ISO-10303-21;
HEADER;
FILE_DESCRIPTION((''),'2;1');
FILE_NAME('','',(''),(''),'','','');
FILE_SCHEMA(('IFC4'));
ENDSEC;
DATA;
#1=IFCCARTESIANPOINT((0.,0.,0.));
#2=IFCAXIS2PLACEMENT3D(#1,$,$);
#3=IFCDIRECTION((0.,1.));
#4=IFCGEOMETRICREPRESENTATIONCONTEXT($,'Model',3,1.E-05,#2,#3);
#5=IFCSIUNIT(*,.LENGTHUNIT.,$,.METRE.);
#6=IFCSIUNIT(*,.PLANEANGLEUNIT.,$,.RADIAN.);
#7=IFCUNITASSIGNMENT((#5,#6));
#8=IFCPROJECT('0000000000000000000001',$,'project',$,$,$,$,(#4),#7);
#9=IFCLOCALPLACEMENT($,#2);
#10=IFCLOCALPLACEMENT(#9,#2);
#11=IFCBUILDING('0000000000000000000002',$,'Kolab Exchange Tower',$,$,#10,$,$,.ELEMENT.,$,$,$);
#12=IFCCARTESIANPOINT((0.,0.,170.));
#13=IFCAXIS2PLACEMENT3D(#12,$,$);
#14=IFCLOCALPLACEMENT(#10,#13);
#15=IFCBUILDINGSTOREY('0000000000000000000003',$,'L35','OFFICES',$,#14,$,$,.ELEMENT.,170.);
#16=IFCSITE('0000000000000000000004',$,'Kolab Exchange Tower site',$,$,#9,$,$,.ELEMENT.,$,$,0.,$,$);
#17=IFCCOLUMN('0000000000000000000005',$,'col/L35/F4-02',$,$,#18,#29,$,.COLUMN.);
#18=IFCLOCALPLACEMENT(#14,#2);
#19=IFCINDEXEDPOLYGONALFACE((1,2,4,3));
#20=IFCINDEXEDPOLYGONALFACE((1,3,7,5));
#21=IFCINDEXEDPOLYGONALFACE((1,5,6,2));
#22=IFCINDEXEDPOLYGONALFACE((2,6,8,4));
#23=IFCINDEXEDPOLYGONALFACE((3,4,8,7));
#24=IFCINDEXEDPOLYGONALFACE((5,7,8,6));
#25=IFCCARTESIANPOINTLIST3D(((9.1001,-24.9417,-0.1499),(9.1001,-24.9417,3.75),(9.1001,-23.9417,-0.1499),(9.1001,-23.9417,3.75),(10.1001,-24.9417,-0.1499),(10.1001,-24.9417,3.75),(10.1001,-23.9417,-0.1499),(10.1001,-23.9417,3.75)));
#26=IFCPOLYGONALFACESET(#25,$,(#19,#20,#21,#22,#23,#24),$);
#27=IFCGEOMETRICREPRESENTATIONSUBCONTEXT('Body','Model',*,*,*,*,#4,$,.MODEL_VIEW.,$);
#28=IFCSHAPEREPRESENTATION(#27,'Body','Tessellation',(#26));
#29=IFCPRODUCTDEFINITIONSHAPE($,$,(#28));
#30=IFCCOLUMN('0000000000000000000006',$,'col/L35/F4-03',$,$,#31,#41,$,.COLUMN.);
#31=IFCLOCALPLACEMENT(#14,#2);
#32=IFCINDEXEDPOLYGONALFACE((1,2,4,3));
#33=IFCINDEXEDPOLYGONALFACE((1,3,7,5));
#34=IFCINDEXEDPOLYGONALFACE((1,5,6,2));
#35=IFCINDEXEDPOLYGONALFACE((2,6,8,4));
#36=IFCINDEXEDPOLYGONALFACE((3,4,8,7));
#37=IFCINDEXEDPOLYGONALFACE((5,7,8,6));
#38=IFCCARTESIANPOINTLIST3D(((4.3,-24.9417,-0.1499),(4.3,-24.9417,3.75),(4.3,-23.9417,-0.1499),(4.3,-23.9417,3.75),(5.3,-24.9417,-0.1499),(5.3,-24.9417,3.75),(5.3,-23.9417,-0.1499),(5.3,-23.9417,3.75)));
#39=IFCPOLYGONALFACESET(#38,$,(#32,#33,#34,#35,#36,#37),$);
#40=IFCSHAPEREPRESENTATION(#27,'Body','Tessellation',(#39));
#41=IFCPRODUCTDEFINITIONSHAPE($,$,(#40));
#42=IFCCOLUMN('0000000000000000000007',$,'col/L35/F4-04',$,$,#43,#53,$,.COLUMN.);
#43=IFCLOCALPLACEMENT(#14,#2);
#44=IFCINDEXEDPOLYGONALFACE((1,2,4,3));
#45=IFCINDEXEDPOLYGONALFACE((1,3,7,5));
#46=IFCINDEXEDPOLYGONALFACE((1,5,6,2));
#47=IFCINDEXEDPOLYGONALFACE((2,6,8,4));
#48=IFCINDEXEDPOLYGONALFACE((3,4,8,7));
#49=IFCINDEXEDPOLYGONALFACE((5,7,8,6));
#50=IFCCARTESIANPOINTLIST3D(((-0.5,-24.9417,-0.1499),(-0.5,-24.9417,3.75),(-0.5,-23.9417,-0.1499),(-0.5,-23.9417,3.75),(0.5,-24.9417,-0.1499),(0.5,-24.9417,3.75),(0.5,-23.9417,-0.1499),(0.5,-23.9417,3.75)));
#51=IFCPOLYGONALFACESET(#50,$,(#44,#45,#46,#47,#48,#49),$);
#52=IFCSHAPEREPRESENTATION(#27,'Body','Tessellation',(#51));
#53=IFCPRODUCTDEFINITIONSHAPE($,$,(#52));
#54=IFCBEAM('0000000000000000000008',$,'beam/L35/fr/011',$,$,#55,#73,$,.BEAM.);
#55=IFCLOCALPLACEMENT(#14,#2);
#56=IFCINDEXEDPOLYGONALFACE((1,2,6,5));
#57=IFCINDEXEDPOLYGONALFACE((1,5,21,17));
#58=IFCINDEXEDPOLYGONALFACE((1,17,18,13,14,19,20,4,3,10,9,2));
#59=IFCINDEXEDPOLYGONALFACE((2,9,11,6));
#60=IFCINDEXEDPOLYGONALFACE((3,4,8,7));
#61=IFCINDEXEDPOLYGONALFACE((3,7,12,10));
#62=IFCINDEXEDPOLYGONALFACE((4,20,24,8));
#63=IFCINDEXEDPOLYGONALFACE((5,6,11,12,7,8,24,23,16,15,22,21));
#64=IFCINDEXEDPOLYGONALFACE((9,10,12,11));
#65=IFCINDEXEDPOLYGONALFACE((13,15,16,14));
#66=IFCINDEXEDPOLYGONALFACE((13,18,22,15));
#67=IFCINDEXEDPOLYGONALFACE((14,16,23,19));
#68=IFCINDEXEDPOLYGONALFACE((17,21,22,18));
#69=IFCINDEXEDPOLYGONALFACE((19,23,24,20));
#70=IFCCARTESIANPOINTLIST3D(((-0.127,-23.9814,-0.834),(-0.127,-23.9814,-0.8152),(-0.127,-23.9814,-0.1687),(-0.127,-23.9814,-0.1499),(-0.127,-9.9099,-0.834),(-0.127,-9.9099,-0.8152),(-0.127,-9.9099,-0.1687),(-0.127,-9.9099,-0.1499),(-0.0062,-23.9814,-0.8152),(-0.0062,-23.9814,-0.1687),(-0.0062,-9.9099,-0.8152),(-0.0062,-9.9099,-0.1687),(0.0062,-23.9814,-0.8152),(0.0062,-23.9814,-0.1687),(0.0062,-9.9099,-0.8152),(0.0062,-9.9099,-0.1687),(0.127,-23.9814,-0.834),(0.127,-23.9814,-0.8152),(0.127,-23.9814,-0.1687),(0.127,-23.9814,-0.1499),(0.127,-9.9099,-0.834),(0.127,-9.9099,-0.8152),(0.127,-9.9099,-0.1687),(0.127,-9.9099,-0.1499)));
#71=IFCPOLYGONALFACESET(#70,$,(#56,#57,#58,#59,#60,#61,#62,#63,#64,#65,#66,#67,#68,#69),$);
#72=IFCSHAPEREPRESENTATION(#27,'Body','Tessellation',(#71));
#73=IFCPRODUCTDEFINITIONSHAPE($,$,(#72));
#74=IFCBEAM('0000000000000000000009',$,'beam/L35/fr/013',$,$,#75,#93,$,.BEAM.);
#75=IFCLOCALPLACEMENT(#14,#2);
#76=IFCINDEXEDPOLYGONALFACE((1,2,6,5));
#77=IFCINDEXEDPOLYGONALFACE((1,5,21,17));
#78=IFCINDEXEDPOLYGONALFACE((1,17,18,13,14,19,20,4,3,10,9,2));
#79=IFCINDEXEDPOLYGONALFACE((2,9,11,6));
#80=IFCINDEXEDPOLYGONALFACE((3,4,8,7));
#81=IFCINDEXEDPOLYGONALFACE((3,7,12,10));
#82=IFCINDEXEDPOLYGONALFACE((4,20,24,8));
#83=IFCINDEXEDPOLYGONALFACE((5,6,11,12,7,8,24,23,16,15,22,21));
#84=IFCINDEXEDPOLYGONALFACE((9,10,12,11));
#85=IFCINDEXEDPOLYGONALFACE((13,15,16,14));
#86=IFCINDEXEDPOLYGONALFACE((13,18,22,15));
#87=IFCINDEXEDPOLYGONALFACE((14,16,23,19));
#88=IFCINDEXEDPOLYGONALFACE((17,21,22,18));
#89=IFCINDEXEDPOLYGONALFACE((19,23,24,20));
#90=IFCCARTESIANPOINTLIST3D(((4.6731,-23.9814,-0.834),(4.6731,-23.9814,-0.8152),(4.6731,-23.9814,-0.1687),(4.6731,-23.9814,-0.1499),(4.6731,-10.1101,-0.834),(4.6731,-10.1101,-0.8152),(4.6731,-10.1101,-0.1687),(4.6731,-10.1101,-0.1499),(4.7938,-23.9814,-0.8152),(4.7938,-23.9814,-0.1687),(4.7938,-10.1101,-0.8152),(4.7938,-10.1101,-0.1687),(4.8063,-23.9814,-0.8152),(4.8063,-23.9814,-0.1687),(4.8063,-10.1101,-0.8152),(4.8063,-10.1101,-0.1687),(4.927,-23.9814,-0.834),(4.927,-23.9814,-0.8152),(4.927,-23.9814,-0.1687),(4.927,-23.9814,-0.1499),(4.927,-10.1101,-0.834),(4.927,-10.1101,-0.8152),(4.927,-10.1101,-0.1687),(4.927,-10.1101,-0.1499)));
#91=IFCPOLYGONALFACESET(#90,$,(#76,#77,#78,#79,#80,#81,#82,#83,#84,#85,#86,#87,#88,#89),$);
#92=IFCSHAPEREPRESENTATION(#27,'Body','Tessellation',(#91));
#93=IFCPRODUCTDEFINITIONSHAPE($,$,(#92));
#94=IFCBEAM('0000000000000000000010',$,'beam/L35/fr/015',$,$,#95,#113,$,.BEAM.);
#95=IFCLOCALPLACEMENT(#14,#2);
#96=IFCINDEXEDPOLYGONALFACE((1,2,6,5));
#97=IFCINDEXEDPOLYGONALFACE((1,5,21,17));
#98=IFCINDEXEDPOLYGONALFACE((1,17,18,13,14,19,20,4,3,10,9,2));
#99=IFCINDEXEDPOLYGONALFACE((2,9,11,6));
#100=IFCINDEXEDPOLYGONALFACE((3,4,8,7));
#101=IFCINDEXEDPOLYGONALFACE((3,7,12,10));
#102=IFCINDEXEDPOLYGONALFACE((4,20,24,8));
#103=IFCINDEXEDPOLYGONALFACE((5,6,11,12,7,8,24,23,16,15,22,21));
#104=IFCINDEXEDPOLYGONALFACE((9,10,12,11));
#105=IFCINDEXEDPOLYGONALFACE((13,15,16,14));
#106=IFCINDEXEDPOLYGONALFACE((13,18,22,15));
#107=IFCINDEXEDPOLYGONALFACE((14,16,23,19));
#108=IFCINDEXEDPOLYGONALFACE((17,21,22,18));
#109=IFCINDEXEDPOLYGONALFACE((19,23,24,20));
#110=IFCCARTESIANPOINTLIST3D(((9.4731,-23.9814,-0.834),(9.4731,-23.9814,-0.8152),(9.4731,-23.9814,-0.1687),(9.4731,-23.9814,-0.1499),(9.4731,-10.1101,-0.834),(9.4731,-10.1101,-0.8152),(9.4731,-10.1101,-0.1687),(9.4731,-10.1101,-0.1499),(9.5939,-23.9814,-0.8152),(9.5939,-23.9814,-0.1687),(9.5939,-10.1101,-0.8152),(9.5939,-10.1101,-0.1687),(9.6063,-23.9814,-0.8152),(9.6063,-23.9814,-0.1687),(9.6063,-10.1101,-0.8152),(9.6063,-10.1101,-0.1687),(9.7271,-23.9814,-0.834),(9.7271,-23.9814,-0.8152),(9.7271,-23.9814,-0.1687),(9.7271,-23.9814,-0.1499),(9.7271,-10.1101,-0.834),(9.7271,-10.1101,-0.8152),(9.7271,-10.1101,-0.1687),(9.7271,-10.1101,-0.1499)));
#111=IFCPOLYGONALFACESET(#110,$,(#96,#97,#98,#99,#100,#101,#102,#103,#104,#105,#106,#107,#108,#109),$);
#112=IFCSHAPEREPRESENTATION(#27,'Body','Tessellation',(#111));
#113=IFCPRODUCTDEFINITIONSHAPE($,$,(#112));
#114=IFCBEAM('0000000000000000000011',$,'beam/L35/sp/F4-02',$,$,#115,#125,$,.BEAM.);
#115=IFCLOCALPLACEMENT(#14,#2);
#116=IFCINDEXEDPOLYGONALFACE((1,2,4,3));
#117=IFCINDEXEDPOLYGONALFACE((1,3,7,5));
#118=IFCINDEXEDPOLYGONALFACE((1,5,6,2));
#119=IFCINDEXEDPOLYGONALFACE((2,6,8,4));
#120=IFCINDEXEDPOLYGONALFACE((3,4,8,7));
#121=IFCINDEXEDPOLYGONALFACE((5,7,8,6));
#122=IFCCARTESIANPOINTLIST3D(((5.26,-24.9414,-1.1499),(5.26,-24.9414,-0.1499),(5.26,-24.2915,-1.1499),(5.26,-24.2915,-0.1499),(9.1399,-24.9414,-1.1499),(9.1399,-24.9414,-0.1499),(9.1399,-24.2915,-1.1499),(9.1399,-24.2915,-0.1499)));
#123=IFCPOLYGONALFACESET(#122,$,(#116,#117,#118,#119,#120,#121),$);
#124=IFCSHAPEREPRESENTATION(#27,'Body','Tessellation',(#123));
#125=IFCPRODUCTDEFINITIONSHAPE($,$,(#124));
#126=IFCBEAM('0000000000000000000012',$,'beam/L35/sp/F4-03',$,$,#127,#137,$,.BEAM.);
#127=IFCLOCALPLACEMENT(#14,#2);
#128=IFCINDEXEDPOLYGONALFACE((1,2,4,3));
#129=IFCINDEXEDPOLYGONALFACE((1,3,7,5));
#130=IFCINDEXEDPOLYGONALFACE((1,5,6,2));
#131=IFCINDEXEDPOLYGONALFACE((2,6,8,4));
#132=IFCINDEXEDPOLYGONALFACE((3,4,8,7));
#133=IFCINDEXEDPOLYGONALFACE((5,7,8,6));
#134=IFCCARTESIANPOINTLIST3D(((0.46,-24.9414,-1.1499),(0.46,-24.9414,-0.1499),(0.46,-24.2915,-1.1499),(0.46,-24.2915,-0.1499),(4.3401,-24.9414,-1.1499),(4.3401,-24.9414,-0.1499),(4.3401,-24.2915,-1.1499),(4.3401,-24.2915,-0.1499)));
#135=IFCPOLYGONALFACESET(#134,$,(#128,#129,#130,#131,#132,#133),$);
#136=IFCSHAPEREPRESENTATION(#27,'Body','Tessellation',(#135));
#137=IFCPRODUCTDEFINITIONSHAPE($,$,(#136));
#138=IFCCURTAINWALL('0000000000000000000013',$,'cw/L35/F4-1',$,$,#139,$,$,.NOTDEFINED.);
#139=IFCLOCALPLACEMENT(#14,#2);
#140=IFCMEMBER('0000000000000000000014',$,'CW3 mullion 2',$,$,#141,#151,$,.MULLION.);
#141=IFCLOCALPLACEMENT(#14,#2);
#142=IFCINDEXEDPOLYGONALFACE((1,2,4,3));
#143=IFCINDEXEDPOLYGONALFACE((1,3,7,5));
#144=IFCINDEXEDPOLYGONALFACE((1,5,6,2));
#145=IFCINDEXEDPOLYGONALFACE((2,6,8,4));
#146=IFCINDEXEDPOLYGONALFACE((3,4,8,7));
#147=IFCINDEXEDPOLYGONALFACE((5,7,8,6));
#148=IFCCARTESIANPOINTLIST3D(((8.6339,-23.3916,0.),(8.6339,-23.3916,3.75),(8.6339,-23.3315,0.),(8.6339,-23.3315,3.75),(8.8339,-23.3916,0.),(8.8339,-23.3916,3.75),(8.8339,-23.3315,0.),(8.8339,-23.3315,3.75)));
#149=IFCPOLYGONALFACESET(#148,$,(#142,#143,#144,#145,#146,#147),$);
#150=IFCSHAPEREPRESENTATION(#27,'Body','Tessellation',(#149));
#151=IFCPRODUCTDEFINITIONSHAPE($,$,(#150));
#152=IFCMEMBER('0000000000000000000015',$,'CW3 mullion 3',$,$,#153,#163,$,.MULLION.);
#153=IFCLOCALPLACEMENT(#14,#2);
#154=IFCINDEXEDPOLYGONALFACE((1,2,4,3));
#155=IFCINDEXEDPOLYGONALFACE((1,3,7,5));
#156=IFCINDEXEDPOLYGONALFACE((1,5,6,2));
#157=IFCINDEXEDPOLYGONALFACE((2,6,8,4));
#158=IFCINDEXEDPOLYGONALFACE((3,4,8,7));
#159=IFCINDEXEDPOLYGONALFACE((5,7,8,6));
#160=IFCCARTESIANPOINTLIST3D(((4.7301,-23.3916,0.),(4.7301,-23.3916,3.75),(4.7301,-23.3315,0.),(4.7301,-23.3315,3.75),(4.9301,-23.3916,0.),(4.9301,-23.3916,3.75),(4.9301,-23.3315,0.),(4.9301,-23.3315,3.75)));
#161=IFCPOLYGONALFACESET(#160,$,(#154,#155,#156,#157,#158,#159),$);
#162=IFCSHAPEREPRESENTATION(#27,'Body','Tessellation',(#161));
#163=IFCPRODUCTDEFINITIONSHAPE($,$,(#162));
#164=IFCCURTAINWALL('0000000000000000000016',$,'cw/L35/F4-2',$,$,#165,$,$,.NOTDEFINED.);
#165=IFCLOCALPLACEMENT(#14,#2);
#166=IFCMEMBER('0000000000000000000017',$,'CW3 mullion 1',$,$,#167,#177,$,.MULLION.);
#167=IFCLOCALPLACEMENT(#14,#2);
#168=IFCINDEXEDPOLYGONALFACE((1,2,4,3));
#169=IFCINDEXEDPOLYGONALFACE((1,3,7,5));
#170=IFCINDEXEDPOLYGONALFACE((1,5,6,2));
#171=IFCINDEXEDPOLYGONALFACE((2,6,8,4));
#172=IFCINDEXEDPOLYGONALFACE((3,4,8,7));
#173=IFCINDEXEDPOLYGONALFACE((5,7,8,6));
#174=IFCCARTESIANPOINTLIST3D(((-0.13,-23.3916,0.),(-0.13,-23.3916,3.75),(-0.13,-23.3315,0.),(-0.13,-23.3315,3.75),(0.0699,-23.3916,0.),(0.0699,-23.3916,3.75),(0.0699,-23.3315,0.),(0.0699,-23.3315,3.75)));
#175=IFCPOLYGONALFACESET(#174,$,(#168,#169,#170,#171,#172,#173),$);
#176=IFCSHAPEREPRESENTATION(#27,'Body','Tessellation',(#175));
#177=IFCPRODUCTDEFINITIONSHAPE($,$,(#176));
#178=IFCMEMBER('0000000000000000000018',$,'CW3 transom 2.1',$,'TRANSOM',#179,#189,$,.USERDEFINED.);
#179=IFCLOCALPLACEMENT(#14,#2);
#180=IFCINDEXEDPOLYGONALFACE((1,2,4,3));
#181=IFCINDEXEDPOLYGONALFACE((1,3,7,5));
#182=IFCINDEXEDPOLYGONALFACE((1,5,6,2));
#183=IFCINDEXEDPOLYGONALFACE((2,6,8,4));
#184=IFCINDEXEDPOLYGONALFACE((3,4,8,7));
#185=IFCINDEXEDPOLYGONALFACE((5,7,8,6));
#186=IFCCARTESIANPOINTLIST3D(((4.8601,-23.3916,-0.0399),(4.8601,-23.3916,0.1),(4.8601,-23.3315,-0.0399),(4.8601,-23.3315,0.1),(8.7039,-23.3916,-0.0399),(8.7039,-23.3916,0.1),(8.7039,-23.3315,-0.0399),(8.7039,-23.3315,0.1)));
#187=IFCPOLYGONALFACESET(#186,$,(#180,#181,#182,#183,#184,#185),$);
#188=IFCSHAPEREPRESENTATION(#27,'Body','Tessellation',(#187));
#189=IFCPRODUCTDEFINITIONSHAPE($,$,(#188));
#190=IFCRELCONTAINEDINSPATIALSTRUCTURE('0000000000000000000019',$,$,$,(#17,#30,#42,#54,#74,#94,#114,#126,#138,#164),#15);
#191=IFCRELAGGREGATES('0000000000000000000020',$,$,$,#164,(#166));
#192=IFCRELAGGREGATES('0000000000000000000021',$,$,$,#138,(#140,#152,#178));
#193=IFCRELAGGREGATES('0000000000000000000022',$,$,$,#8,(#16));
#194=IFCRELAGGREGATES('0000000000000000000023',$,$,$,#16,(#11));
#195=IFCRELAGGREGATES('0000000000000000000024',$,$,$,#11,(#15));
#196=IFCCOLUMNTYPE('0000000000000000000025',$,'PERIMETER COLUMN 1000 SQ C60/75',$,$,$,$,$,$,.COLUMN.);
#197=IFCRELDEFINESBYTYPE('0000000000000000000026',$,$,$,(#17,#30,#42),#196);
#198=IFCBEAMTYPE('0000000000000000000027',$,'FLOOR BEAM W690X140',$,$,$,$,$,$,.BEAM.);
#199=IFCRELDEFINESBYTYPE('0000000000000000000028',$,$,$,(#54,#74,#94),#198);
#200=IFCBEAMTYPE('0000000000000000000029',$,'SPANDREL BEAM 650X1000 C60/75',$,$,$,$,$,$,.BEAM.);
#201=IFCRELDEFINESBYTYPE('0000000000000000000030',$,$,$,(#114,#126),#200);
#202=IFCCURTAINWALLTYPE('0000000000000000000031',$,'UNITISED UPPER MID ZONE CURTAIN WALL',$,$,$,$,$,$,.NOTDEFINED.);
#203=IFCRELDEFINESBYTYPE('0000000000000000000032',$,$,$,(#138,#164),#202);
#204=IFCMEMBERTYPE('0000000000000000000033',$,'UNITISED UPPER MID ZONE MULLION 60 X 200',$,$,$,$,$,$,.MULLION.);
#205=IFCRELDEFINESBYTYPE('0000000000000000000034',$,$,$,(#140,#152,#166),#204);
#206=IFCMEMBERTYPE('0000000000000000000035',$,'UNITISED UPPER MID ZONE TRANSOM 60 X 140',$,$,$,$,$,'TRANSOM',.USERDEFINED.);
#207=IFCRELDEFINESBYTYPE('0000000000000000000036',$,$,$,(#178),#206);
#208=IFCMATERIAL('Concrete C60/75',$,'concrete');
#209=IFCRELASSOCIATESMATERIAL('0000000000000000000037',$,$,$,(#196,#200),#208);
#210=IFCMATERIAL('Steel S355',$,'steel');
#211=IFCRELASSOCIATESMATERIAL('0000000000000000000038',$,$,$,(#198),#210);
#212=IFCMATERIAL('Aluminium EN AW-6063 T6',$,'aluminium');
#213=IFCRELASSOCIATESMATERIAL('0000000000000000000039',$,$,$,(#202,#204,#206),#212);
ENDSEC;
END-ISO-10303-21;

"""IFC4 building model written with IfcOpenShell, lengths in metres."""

from ifc_helpers import new_model, si_unit, direction, frame, origin, origin_2d, place, context, subcontext, project, spatial, rectangle, i_section, extrude, material, material_profile, profile_set, type_object, element, aggregate, save


model = new_model("IFC4")

# Units and contexts
model_context = context("Model", 3, precision=1e-05, world=origin(), true_north=direction((0.0, 1.0)))
body_context = subcontext(model_context, "Body", "Model", "MODEL_VIEW")
ifc_project = project(units=[si_unit("LENGTHUNIT", "METRE"), si_unit("PLANEANGLEUNIT", "RADIAN")], contexts=[model_context])

# Site, building, storey
site_placement = place(None, origin())
site = spatial("IfcSite", under=ifc_project, at=site_placement, Name="Kolab Exchange Tower site", CompositionType="ELEMENT", RefElevation=0.0)
building_placement = place(site_placement, origin())
building = spatial("IfcBuilding", under=site, at=building_placement, Name="Kolab Exchange Tower", CompositionType="ELEMENT")
storey_placement = place(building_placement, frame((0.0, 0.0, 170.0)))
storey = spatial("IfcBuildingStorey", under=building, at=storey_placement, Name="L35", Description="OFFICES", CompositionType="ELEMENT", Elevation=170.0)

# Columns
ifc_material_1 = material(Name="Concrete C60/75", Category="concrete")
ifc_material_profile_1 = material_profile(ifc_material_1, rectangle(XDim=1.0, YDim=1.0, at=origin_2d()), Name="RC1000")
ifc_profile_set_1 = profile_set([ifc_material_profile_1], Name="Concrete C60/75")
column_type = type_object("IfcColumnType", Name="PERIMETER COLUMN 1000 SQ C60/75", PredefinedType="COLUMN", material=ifc_profile_set_1)
for number, where, z_axis, x_axis, name in (
    (1, (9.6001, -24.4417, -0.1499), (0.0, 0.0, 1.0), (1.0, 0.0, 0.0), "col/L35/F4-02"),
    (2, (4.8, -24.4417, -0.1499), (0.0, 0.0, 1.0), (1.0, 0.0, 0.0), "col/L35/F4-03"),
    (3, (0.0, -24.4417, -0.1499), (0.0, 0.0, 1.0), (1.0, 0.0, 0.0), "col/L35/F4-04"),
):
    element("IfcColumn", number, at=place(storey_placement, frame(where, z_axis=z_axis, x_axis=x_axis)), inside=storey, type_object=column_type, Name=name, PredefinedType="COLUMN", context=body_context, shape_type="SweptSolid", body=[
        extrude(rectangle(XDim=1.0, YDim=1.0, at=origin_2d()), origin(), (0.0, 0.0, 1.0), 3.8999),
    ])

# Beams
ifc_material_2 = material(Name="Steel S355", Category="steel")
ifc_material_profile_2 = material_profile(ifc_material_2, i_section(OverallWidth=0.2539, OverallDepth=0.6841, WebThickness=0.0125, FlangeThickness=0.0188, at=origin_2d()), Name="W690X140")
ifc_profile_set_2 = profile_set([ifc_material_profile_2], Name="Steel S355")
beam_type_1 = type_object("IfcBeamType", Name="FLOOR BEAM W690X140", PredefinedType="BEAM", material=ifc_profile_set_2)
beam_1_placement = place(storey_placement, frame((0.0, -23.9814, -0.4919), z_axis=(0.0, 1.0, 0.0), x_axis=(-1.0, 0.0, 0.0)))
element("IfcBeam", 4, at=beam_1_placement, inside=storey, type_object=beam_type_1, Name="beam/L35/fr/011", PredefinedType="BEAM", context=body_context, shape_type="SweptSolid", body=[
    extrude(i_section(OverallWidth=0.2539, OverallDepth=0.6841, WebThickness=0.0125, FlangeThickness=0.0188, at=origin_2d()), origin(), (0.0, 0.0, 1.0), 14.0715),
])
for number, where, z_axis, x_axis, name in (
    (5, (4.8, -23.9814, -0.4919), (0.0, 1.0, 0.0), (-1.0, 0.0, 0.0), "beam/L35/fr/013"),
    (6, (9.6001, -23.9814, -0.4919), (0.0, 1.0, 0.0), (-1.0, 0.0, 0.0), "beam/L35/fr/015"),
):
    element("IfcBeam", number, at=place(storey_placement, frame(where, z_axis=z_axis, x_axis=x_axis)), inside=storey, type_object=beam_type_1, Name=name, PredefinedType="BEAM", context=body_context, shape_type="SweptSolid", body=[
        extrude(i_section(OverallWidth=0.2539, OverallDepth=0.6841, WebThickness=0.0125, FlangeThickness=0.0188, at=origin_2d()), origin(), (0.0, 0.0, 1.0), 13.8713),
    ])
ifc_material_profile_3 = material_profile(ifc_material_1, rectangle(XDim=0.6499, YDim=1.0, at=origin_2d()), Name="RC650X1000")
ifc_profile_set_3 = profile_set([ifc_material_profile_3], Name="Concrete C60/75")
beam_type_2 = type_object("IfcBeamType", Name="SPANDREL BEAM 650X1000 C60/75", PredefinedType="BEAM", material=ifc_profile_set_3)
beam_2_placement = place(storey_placement, frame((9.1399, -24.6165, -0.6499), z_axis=(-1.0, 0.0, 0.0), x_axis=(0.0, -1.0, 0.0)))
element("IfcBeam", 7, at=beam_2_placement, inside=storey, type_object=beam_type_2, Name="beam/L35/sp/F4-02", PredefinedType="BEAM", context=body_context, shape_type="SweptSolid", body=[
    extrude(rectangle(XDim=0.6499, YDim=1.0, at=origin_2d()), origin(), (0.0, 0.0, 1.0), 3.8799),
])
beam_3_placement = place(storey_placement, frame((4.3401, -24.6165, -0.6499), z_axis=(-1.0, 0.0, 0.0), x_axis=(0.0, -1.0, 0.0)))
element("IfcBeam", 8, at=beam_3_placement, inside=storey, type_object=beam_type_2, Name="beam/L35/sp/F4-03", PredefinedType="BEAM", context=body_context, shape_type="SweptSolid", body=[
    extrude(rectangle(XDim=0.6499, YDim=1.0, at=origin_2d()), origin(), (0.0, 0.0, 1.0), 3.8801),
])

# Curtain wall, members
ifc_material_3 = material(Name="Aluminium EN AW-6063 T6", Category="aluminium")
curtain_wall_type = type_object("IfcCurtainWallType", Name="UNITISED UPPER MID ZONE CURTAIN WALL", PredefinedType="NOTDEFINED", material=ifc_material_3)
curtain_wall_1_placement = place(storey_placement, origin())
curtain_wall_1 = element("IfcCurtainWall", 9, at=curtain_wall_1_placement, inside=storey, type_object=curtain_wall_type, Name="cw/L35/F4-1", PredefinedType="NOTDEFINED")
ifc_material_profile_4 = material_profile(ifc_material_3, rectangle(XDim=0.0601, YDim=0.2, at=origin_2d()), Name="RECT 60X200")
ifc_profile_set_4 = profile_set([ifc_material_profile_4], Name="Aluminium EN AW-6063 T6")
member_type_1 = type_object("IfcMemberType", Name="UNITISED UPPER MID ZONE MULLION 60 X 200", PredefinedType="MULLION", material=ifc_profile_set_4)
member_1_placement = place(storey_placement, frame((8.7339, -23.3616, 0.0), z_axis=(0.0, 0.0, 1.0), x_axis=(0.0, -1.0, 0.0)))
member_1 = element("IfcMember", 10, at=member_1_placement, type_object=member_type_1, Name="CW3 mullion 2", PredefinedType="MULLION", context=body_context, shape_type="SweptSolid", body=[
    extrude(rectangle(XDim=0.0601, YDim=0.2, at=origin_2d()), origin(), (0.0, 0.0, 1.0), 3.75),
])
member_2_placement = place(storey_placement, frame((4.8301, -23.3616, 0.0), z_axis=(0.0, 0.0, 1.0), x_axis=(0.0, -1.0, 0.0)))
member_2 = element("IfcMember", 11, at=member_2_placement, type_object=member_type_1, Name="CW3 mullion 3", PredefinedType="MULLION", context=body_context, shape_type="SweptSolid", body=[
    extrude(rectangle(XDim=0.0601, YDim=0.2, at=origin_2d()), origin(), (0.0, 0.0, 1.0), 3.75),
])

# Curtain wall, member
curtain_wall_2_placement = place(storey_placement, origin())
curtain_wall_2 = element("IfcCurtainWall", 12, at=curtain_wall_2_placement, inside=storey, type_object=curtain_wall_type, Name="cw/L35/F4-2", PredefinedType="NOTDEFINED")
member_3_placement = place(storey_placement, frame((-0.03, -23.3616, 0.0), z_axis=(0.0, 0.0, 1.0), x_axis=(0.0, -1.0, 0.0)))
member_3 = element("IfcMember", 13, at=member_3_placement, type_object=member_type_1, Name="CW3 mullion 1", PredefinedType="MULLION", context=body_context, shape_type="SweptSolid", body=[
    extrude(rectangle(XDim=0.0601, YDim=0.2, at=origin_2d()), origin(), (0.0, 0.0, 1.0), 3.75),
])

# Member
ifc_material_profile_5 = material_profile(ifc_material_3, rectangle(XDim=0.0601, YDim=0.1399, at=origin_2d()), Name="RECT 60X140")
ifc_profile_set_5 = profile_set([ifc_material_profile_5], Name="Aluminium EN AW-6063 T6")
member_type_2 = type_object("IfcMemberType", Name="UNITISED UPPER MID ZONE TRANSOM 60 X 140", ElementType="TRANSOM", PredefinedType="USERDEFINED", material=ifc_profile_set_5)
member_4_placement = place(storey_placement, frame((8.7039, -23.3616, 0.03), z_axis=(-1.0, 0.0, 0.0), x_axis=(0.0, -1.0, 0.0)))
member_4 = element("IfcMember", 14, at=member_4_placement, type_object=member_type_2, Name="CW3 transom 2.1", ObjectType="TRANSOM", PredefinedType="USERDEFINED", context=body_context, shape_type="SweptSolid", body=[
    extrude(rectangle(XDim=0.0601, YDim=0.1399, at=origin_2d()), origin(), (0.0, 0.0, 1.0), 3.8438),
])
aggregate(curtain_wall_2, [member_3])

aggregate(curtain_wall_1, [member_1, member_2, member_4])

save(model, "model.ifc")
